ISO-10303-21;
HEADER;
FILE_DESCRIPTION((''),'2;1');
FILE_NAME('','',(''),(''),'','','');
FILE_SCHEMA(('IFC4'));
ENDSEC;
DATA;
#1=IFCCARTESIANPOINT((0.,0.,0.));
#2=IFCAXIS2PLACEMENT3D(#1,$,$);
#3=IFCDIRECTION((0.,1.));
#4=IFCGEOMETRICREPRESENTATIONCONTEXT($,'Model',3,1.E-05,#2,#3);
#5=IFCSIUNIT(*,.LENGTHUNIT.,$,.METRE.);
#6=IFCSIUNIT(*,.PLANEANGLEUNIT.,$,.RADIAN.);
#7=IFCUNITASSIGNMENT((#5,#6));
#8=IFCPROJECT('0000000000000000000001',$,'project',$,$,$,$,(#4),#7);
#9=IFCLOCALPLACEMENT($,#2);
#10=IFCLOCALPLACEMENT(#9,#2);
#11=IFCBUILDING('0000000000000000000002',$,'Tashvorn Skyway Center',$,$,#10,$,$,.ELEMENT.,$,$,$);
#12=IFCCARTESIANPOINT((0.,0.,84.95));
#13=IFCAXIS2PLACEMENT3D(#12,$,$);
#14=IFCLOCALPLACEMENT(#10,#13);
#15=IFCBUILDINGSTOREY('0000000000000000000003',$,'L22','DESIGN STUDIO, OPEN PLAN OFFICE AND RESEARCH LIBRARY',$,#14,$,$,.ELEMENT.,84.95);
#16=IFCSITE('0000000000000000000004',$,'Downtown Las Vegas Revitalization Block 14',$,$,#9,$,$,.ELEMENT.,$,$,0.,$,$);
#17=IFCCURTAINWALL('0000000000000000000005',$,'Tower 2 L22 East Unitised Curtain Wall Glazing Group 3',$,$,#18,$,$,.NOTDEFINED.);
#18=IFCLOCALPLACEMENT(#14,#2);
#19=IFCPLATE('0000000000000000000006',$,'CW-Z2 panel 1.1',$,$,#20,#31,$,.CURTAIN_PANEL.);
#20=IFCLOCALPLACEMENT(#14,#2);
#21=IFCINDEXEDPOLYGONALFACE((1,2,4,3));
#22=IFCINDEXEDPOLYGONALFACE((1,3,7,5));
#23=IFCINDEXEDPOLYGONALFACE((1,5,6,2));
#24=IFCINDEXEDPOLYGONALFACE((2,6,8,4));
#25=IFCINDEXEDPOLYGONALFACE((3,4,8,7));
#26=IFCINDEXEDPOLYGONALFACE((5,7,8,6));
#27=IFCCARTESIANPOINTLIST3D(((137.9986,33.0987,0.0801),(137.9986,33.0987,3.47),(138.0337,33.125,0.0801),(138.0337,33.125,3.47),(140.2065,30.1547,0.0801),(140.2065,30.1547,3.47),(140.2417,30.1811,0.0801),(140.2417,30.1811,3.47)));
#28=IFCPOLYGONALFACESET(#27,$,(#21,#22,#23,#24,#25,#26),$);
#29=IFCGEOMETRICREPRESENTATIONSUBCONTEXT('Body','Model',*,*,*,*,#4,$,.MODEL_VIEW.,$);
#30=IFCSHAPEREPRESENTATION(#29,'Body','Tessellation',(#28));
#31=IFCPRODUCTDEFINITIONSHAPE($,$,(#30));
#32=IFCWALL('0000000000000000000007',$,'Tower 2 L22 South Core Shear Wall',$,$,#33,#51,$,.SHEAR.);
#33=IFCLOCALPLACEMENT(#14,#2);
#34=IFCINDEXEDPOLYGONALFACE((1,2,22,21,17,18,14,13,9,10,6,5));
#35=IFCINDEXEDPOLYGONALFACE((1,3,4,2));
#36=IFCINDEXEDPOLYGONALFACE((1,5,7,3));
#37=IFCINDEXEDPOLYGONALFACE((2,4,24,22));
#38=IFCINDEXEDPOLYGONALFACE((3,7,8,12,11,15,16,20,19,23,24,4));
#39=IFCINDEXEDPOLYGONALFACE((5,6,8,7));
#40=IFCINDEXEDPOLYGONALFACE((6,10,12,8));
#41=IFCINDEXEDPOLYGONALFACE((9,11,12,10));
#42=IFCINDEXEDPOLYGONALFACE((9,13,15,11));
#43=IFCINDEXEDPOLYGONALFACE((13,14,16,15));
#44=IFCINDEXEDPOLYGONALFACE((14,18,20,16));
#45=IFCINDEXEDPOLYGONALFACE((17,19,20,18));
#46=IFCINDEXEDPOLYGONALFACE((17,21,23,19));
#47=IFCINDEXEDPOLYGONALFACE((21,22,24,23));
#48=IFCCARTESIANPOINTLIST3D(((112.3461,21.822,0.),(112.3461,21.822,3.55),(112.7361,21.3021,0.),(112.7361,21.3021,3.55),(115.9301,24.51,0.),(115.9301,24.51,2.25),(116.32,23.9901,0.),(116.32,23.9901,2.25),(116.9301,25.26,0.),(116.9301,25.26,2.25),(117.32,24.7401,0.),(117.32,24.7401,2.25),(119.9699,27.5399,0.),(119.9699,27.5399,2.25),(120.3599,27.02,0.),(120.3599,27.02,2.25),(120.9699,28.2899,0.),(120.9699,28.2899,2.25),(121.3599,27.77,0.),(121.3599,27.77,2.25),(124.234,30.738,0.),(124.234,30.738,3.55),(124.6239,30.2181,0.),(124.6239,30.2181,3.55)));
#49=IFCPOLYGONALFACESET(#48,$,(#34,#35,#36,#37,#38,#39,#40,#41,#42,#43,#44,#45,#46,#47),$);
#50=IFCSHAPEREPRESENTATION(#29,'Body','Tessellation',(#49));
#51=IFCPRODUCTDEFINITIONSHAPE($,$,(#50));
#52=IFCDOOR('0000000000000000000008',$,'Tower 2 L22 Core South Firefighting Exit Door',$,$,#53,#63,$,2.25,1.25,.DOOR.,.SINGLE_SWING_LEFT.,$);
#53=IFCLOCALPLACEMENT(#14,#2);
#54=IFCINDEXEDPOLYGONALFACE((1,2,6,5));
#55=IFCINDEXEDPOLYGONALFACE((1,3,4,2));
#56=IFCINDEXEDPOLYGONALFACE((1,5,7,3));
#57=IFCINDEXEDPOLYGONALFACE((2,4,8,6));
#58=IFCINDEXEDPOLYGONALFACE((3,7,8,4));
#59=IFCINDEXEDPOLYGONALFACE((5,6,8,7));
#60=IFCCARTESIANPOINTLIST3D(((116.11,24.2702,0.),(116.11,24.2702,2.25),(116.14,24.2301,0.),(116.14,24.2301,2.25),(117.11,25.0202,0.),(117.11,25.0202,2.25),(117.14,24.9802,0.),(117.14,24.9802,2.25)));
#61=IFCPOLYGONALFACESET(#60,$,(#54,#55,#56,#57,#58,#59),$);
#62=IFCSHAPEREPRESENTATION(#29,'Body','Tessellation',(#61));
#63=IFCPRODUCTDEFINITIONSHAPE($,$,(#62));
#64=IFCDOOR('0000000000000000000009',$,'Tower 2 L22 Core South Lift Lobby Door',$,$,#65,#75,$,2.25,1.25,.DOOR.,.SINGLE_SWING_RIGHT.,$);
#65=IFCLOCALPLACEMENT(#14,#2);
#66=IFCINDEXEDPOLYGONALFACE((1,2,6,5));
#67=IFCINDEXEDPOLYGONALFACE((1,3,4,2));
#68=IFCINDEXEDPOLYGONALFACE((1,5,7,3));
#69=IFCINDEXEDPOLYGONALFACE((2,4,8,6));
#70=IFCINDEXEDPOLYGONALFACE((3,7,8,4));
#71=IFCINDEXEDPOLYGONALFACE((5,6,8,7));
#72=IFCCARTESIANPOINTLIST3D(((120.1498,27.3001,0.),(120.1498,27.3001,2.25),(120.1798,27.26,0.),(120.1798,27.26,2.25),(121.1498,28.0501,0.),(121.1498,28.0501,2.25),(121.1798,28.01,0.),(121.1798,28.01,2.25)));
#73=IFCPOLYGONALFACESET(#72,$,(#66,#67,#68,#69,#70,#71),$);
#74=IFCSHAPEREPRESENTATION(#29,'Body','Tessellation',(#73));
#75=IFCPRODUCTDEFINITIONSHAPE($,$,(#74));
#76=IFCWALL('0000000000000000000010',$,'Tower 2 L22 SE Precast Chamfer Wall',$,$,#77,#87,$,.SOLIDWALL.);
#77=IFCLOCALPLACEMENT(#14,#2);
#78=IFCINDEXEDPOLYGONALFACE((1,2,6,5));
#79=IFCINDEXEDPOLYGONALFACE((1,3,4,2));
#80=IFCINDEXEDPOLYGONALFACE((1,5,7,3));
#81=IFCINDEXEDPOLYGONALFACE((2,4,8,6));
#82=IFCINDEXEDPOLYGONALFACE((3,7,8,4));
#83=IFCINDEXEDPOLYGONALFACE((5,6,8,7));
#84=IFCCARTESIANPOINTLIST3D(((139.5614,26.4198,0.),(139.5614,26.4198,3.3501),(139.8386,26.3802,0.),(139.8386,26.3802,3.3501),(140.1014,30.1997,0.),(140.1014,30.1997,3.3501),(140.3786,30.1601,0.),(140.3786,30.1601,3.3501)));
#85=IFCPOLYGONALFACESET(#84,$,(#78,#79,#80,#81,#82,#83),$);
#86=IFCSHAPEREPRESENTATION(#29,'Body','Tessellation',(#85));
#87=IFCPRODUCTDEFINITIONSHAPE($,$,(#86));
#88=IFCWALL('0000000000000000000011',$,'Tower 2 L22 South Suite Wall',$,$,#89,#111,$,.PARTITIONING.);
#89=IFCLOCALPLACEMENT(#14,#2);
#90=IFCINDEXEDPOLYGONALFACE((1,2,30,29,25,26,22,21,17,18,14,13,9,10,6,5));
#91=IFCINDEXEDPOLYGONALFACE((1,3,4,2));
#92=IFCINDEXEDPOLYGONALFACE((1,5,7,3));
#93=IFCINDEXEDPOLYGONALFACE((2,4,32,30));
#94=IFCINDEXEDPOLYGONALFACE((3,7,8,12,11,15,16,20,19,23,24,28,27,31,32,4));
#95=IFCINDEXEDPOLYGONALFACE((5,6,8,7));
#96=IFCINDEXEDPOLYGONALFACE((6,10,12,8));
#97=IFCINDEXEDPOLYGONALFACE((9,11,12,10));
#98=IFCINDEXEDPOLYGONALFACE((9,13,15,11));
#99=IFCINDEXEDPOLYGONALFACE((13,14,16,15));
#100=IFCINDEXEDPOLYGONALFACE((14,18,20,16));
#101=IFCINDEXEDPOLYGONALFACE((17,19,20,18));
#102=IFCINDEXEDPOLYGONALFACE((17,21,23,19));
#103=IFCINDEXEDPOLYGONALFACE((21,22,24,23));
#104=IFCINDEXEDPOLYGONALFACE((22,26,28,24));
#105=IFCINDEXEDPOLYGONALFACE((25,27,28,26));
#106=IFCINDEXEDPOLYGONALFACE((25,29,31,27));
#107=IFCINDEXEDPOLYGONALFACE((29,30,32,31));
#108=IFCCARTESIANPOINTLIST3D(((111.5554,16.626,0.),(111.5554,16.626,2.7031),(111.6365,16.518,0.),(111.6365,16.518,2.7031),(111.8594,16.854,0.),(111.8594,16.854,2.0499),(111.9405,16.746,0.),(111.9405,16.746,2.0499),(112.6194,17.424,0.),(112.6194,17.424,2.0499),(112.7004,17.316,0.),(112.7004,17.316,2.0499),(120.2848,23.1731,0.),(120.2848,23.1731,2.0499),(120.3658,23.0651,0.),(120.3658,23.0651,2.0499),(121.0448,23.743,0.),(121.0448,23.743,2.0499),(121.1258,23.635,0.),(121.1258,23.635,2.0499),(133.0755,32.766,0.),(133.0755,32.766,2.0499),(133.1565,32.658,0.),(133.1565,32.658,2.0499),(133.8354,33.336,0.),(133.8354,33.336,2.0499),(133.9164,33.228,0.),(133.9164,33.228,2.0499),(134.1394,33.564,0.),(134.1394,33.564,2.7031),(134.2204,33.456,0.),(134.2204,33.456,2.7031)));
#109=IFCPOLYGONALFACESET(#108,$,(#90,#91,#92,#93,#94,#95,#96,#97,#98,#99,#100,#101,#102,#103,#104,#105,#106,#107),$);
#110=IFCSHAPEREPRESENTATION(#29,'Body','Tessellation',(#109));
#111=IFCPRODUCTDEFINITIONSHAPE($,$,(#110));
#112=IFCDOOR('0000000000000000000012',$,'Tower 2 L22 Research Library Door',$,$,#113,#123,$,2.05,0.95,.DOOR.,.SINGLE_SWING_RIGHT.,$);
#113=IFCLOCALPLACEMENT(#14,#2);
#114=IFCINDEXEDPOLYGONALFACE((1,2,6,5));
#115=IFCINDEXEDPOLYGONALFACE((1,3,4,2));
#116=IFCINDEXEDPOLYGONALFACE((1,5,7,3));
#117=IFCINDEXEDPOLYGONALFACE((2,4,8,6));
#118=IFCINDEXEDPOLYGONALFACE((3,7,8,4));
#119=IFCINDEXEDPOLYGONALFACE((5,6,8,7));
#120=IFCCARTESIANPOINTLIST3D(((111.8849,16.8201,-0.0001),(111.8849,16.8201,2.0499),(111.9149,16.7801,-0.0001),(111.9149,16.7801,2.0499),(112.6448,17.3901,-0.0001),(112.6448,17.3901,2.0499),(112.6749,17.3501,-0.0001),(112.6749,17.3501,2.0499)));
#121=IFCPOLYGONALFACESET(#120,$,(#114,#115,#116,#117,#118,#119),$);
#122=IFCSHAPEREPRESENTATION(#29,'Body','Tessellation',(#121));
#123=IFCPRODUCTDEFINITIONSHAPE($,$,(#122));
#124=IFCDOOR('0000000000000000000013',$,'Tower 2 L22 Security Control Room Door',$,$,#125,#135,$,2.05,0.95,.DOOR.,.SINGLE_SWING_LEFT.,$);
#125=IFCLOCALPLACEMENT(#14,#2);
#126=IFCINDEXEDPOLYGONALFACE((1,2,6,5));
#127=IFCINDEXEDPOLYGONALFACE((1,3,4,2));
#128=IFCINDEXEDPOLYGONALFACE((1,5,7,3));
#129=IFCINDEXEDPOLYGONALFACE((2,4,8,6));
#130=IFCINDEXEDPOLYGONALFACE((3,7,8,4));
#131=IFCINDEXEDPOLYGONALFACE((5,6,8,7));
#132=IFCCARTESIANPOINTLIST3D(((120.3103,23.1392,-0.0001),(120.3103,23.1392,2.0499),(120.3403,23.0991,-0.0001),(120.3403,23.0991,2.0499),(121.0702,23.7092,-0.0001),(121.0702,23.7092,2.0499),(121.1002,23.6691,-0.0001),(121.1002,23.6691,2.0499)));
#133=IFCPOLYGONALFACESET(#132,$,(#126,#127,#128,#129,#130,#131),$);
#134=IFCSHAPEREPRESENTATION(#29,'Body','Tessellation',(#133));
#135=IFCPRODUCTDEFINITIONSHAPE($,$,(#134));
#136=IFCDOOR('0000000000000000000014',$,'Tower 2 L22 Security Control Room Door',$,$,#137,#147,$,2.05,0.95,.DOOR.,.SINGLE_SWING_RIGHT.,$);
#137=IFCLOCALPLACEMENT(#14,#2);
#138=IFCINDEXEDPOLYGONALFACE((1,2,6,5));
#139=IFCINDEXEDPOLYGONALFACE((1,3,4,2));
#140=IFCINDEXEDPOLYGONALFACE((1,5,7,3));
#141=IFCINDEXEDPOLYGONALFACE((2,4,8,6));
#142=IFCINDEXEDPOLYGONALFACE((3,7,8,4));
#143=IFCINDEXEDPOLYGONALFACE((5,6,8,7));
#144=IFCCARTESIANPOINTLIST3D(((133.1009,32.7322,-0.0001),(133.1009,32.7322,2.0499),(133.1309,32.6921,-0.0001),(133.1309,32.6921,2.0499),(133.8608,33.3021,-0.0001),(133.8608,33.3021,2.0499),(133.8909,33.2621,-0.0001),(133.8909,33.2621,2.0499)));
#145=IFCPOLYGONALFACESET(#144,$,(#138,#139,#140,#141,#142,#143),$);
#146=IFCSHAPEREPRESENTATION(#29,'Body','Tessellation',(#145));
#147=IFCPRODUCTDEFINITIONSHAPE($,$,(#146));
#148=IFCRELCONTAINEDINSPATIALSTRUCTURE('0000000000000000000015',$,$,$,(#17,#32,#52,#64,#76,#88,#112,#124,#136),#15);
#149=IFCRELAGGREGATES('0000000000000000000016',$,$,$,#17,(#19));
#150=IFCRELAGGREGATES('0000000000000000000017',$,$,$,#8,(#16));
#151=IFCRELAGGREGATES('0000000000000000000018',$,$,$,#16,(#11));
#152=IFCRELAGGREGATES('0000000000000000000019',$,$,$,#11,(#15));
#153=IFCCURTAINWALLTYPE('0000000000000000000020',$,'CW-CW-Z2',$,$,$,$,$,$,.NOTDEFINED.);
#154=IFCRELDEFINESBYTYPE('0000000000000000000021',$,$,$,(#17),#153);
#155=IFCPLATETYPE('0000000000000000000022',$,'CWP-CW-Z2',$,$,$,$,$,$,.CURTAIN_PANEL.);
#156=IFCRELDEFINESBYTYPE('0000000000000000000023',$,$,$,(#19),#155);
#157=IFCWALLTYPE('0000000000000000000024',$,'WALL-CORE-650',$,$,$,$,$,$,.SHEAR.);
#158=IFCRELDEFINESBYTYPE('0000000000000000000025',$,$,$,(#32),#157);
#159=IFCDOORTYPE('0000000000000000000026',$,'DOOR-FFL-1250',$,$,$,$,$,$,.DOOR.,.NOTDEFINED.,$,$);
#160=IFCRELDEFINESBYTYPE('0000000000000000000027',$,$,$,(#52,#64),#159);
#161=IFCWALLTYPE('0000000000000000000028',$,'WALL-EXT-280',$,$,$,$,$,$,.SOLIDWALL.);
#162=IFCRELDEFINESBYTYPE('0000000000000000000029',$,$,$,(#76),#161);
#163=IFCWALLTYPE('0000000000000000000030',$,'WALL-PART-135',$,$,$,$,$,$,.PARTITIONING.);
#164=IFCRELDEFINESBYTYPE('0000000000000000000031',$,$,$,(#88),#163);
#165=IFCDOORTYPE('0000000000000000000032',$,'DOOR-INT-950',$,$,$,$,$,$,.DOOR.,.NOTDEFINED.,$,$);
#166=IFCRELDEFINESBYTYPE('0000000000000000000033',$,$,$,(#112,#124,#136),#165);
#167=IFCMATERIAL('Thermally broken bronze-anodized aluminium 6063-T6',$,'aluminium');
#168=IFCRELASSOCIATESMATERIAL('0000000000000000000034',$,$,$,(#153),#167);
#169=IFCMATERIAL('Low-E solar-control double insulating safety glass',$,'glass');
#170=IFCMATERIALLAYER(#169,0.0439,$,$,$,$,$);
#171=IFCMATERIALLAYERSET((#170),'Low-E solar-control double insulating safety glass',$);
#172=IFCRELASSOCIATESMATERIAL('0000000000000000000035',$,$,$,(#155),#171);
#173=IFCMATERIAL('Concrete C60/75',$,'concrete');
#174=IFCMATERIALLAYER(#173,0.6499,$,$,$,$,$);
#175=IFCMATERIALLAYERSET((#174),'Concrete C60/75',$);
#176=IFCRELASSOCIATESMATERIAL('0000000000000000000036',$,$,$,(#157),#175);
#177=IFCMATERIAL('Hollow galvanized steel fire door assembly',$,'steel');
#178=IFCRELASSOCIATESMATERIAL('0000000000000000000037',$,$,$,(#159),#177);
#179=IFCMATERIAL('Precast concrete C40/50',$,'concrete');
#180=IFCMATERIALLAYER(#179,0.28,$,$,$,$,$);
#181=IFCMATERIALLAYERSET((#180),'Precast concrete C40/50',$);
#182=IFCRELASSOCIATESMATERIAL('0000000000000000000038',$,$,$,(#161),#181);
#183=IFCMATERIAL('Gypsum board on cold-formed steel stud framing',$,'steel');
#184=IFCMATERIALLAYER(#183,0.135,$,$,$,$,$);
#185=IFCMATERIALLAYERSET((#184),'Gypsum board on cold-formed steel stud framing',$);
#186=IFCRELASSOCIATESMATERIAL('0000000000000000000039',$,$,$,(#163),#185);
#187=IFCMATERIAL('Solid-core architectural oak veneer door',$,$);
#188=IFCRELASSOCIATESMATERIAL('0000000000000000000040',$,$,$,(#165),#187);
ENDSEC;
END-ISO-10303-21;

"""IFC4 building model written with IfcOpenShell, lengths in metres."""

from ifc_helpers import new_model, si_unit, direction, frame, frame_2d, origin, origin_2d, place, context, subcontext, project, spatial, rectangle, extrude, material, layer, layer_set, type_object, element, fill, aggregate, save


model = new_model("IFC4")

# Units and contexts
model_context = context("Model", 3, precision=1e-05, world=origin(), true_north=direction((0.0, 1.0)))
body_context = subcontext(model_context, "Body", "Model", "MODEL_VIEW")
ifc_project = project(units=[si_unit("LENGTHUNIT", "METRE"), si_unit("PLANEANGLEUNIT", "RADIAN")], contexts=[model_context])

# Site, building, storey
site_placement = place(None, origin())
site = spatial("IfcSite", under=ifc_project, at=site_placement, Name="Downtown Las Vegas Revitalization Block 14", CompositionType="ELEMENT", RefElevation=0.0)
building_placement = place(site_placement, origin())
building = spatial("IfcBuilding", under=site, at=building_placement, Name="Tashvorn Skyway Center", CompositionType="ELEMENT")
storey_placement = place(building_placement, frame((0.0, 0.0, 84.95)))
storey = spatial("IfcBuildingStorey", under=building, at=storey_placement, Name="L22", Description="DESIGN STUDIO, OPEN PLAN OFFICE AND RESEARCH LIBRARY", CompositionType="ELEMENT", Elevation=84.95)

# Shared definitions
ifc_material_1 = material(Name="Thermally broken bronze-anodized aluminium 6063-T6", Category="aluminium")
curtain_wall_type = type_object("IfcCurtainWallType", Name="CW-CW-Z2", PredefinedType="NOTDEFINED", material=ifc_material_1)

# Curtain wall, plate
curtain_wall_1_placement = place(storey_placement, origin())
curtain_wall_1 = element("IfcCurtainWall", 1, at=curtain_wall_1_placement, inside=storey, type_object=curtain_wall_type, Name="Tower 2 L22 East Unitised Curtain Wall Glazing Group 3", PredefinedType="NOTDEFINED")
ifc_material_2 = material(Name="Low-E solar-control double insulating safety glass", Category="glass")
ifc_layer_1 = layer(ifc_material_2, 0.0439)
ifc_layer_set_1 = layer_set([ifc_layer_1], Name="Low-E solar-control double insulating safety glass")
plate_type = type_object("IfcPlateType", Name="CWP-CW-Z2", PredefinedType="CURTAIN_PANEL", material=ifc_layer_set_1)
plate_placement = place(storey_placement, frame((139.1201, 31.6399, 0.0801), z_axis=(0.0, 0.0, 1.0), x_axis=(0.6, -0.8, 0.0)))
plate = element("IfcPlate", 2, at=plate_placement, type_object=plate_type, Name="CW-Z2 panel 1.1", PredefinedType="CURTAIN_PANEL", context=body_context, shape_type="SweptSolid", body=[
    extrude(rectangle(XDim=3.6799, YDim=0.0439, at=origin_2d()), origin(), (0.0, 0.0, 1.0), 3.3899),
])
aggregate(curtain_wall_1, [plate])

# Wall, openings, doors
ifc_material_3 = material(Name="Concrete C60/75", Category="concrete")
ifc_layer_2 = layer(ifc_material_3, 0.6499)
ifc_layer_set_2 = layer_set([ifc_layer_2], Name="Concrete C60/75")
wall_type_1 = type_object("IfcWallType", Name="WALL-CORE-650", PredefinedType="SHEAR", material=ifc_layer_set_2)
wall_1_placement = place(storey_placement, frame((124.429, 30.478, 0.0), z_axis=(0.0, 0.0, 1.0), x_axis=(-0.799998, -0.600003, 0.0)))
wall_1 = element("IfcWall", 3, at=wall_1_placement, inside=storey, type_object=wall_type_1, Name="Tower 2 L22 South Core Shear Wall", PredefinedType="SHEAR", context=body_context, shape_type="SweptSolid", body=[
    extrude(rectangle(XDim=14.8599, YDim=0.6499, at=frame_2d((7.4299, 0.0))), origin(), (0.0, 0.0, 1.0), 3.55),
])
opening_1_placement = place(wall_1_placement, frame((9.1299, 0.0, 0.0)))
opening_1 = element("IfcOpeningElement", 4, at=opening_1_placement, cuts=wall_1, PredefinedType="OPENING", context=body_context, shape_type="SweptSolid", body=[
    extrude(rectangle(XDim=1.25, YDim=2.25, at=frame_2d((0.625, 1.125))), frame((0.0, 0.335, 0.0), z_axis=(0.0, -1.0, 0.0), x_axis=(1.0, 0.0, 0.0)), (0.0, 0.0, 1.0), 0.6699),
])
opening_2_placement = place(wall_1_placement, frame((4.0801, 0.0, 0.0)))
opening_2 = element("IfcOpeningElement", 5, at=opening_2_placement, cuts=wall_1, PredefinedType="OPENING", context=body_context, shape_type="SweptSolid", body=[
    extrude(rectangle(XDim=1.25, YDim=2.25, at=frame_2d((0.625, 1.125))), frame((0.0, 0.335, 0.0), z_axis=(0.0, -1.0, 0.0), x_axis=(1.0, 0.0, 0.0)), (0.0, 0.0, 1.0), 0.6699),
])
ifc_material_4 = material(Name="Hollow galvanized steel fire door assembly", Category="steel")
door_type_1 = type_object("IfcDoorType", Name="DOOR-FFL-1250", OperationType="NOTDEFINED", PredefinedType="DOOR", material=ifc_material_4)
door_1_placement = place(opening_1_placement, origin())
door_1 = element("IfcDoor", 6, at=door_1_placement, inside=storey, type_object=door_type_1, Name="Tower 2 L22 Core South Firefighting Exit Door", OperationType="SINGLE_SWING_LEFT", OverallHeight=2.25, OverallWidth=1.25, PredefinedType="DOOR", context=body_context, shape_type="SweptSolid", body=[
    extrude(rectangle(XDim=1.25, YDim=2.25, at=frame_2d((0.625, 1.125))), frame((0.0, 0.0249, 0.0), z_axis=(0.0, -1.0, 0.0), x_axis=(1.0, 0.0, 0.0)), (0.0, 0.0, 1.0), 0.05),
])
fill(opening_1, door_1)
door_2_placement = place(opening_2_placement, origin())
door_2 = element("IfcDoor", 7, at=door_2_placement, inside=storey, type_object=door_type_1, Name="Tower 2 L22 Core South Lift Lobby Door", OperationType="SINGLE_SWING_RIGHT", OverallHeight=2.25, OverallWidth=1.25, PredefinedType="DOOR", context=body_context, shape_type="SweptSolid", body=[
    extrude(rectangle(XDim=1.25, YDim=2.25, at=frame_2d((0.625, 1.125))), frame((0.0, 0.0249, 0.0), z_axis=(0.0, -1.0, 0.0), x_axis=(1.0, 0.0, 0.0)), (0.0, 0.0, 1.0), 0.05),
])
fill(opening_2, door_2)

# Wall
ifc_material_5 = material(Name="Precast concrete C40/50", Category="concrete")
ifc_layer_3 = layer(ifc_material_5, 0.28)
ifc_layer_set_3 = layer_set([ifc_layer_3], Name="Precast concrete C40/50")
wall_type_2 = type_object("IfcWallType", Name="WALL-EXT-280", PredefinedType="SOLIDWALL", material=ifc_layer_set_3)
wall_2_placement = place(storey_placement, frame((140.24, 30.1799, 0.0), z_axis=(0.0, 0.0, 1.0), x_axis=(-0.14143, -0.989948, 0.0)))
element("IfcWall", 8, at=wall_2_placement, inside=storey, type_object=wall_type_2, Name="Tower 2 L22 SE Precast Chamfer Wall", PredefinedType="SOLIDWALL", context=body_context, shape_type="SweptSolid", body=[
    extrude(rectangle(XDim=3.8184, YDim=0.28, at=frame_2d((1.9092, 0.0))), origin(), (0.0, 0.0, 1.0), 3.3501),
])

# Wall, openings, doors
ifc_material_6 = material(Name="Gypsum board on cold-formed steel stud framing", Category="steel")
ifc_layer_4 = layer(ifc_material_6, 0.135)
ifc_layer_set_4 = layer_set([ifc_layer_4], Name="Gypsum board on cold-formed steel stud framing")
wall_type_3 = type_object("IfcWallType", Name="WALL-PART-135", PredefinedType="PARTITIONING", material=ifc_layer_set_4)
wall_3_placement = place(storey_placement, frame((134.1799, 33.51, 0.0), z_axis=(0.0, 0.0, 1.0), x_axis=(-0.8, -0.6, 0.0)))
wall_3 = element("IfcWall", 9, at=wall_3_placement, inside=storey, type_object=wall_type_3, Name="Tower 2 L22 South Suite Wall", PredefinedType="PARTITIONING", context=body_context, shape_type="SweptSolid", body=[
    extrude(rectangle(XDim=28.23, YDim=0.135, at=frame_2d((14.115, 0.0))), origin(), (0.0, 0.0, 1.0), 2.7031),
])
opening_3_placement = place(wall_3_placement, frame((26.8999, 0.0, 0.0)))
opening_3 = element("IfcOpeningElement", 10, at=opening_3_placement, cuts=wall_3, PredefinedType="OPENING", context=body_context, shape_type="SweptSolid", body=[
    extrude(rectangle(XDim=0.95, YDim=2.05, at=frame_2d((0.4751, 1.0249))), frame((0.0, 0.0774, 0.0), z_axis=(0.0, -1.0, 0.0), x_axis=(1.0, 0.0, 0.0)), (0.0, 0.0, 1.0), 0.155),
])
opening_4_placement = place(wall_3_placement, frame((16.3682, 0.0, 0.0)))
opening_4 = element("IfcOpeningElement", 11, at=opening_4_placement, cuts=wall_3, PredefinedType="OPENING", context=body_context, shape_type="SweptSolid", body=[
    extrude(rectangle(XDim=0.95, YDim=2.05, at=frame_2d((0.4751, 1.0249))), frame((0.0, 0.0774, 0.0), z_axis=(0.0, -1.0, 0.0), x_axis=(1.0, 0.0, 0.0)), (0.0, 0.0, 1.0), 0.155),
])
opening_5_placement = place(wall_3_placement, frame((0.3799, 0.0, 0.0)))
opening_5 = element("IfcOpeningElement", 12, at=opening_5_placement, cuts=wall_3, PredefinedType="OPENING", context=body_context, shape_type="SweptSolid", body=[
    extrude(rectangle(XDim=0.95, YDim=2.05, at=frame_2d((0.4751, 1.0249))), frame((0.0, 0.0774, 0.0), z_axis=(0.0, -1.0, 0.0), x_axis=(1.0, 0.0, 0.0)), (0.0, 0.0, 1.0), 0.155),
])
ifc_material_7 = material(Name="Solid-core architectural oak veneer door")
door_type_2 = type_object("IfcDoorType", Name="DOOR-INT-950", OperationType="NOTDEFINED", PredefinedType="DOOR", material=ifc_material_7)
door_3_placement = place(opening_3_placement, origin())
door_3 = element("IfcDoor", 13, at=door_3_placement, inside=storey, type_object=door_type_2, Name="Tower 2 L22 Research Library Door", OperationType="SINGLE_SWING_RIGHT", OverallHeight=2.05, OverallWidth=0.95, PredefinedType="DOOR", context=body_context, shape_type="SweptSolid", body=[
    extrude(rectangle(XDim=0.95, YDim=2.05, at=frame_2d((0.4751, 1.0249))), frame((0.0, 0.0249, 0.0), z_axis=(0.0, -1.0, 0.0), x_axis=(1.0, 0.0, 0.0)), (0.0, 0.0, 1.0), 0.05),
])
fill(opening_3, door_3)
door_4_placement = place(opening_4_placement, origin())
door_4 = element("IfcDoor", 14, at=door_4_placement, inside=storey, type_object=door_type_2, Name="Tower 2 L22 Security Control Room Door", OperationType="SINGLE_SWING_LEFT", OverallHeight=2.05, OverallWidth=0.95, PredefinedType="DOOR", context=body_context, shape_type="SweptSolid", body=[
    extrude(rectangle(XDim=0.95, YDim=2.05, at=frame_2d((0.4751, 1.0249))), frame((0.0, 0.0249, 0.0), z_axis=(0.0, -1.0, 0.0), x_axis=(1.0, 0.0, 0.0)), (0.0, 0.0, 1.0), 0.05),
])
fill(opening_4, door_4)
door_5_placement = place(opening_5_placement, origin())
door_5 = element("IfcDoor", 15, at=door_5_placement, inside=storey, type_object=door_type_2, Name="Tower 2 L22 Security Control Room Door", OperationType="SINGLE_SWING_RIGHT", OverallHeight=2.05, OverallWidth=0.95, PredefinedType="DOOR", context=body_context, shape_type="SweptSolid", body=[
    extrude(rectangle(XDim=0.95, YDim=2.05, at=frame_2d((0.4751, 1.0249))), frame((0.0, 0.0249, 0.0), z_axis=(0.0, -1.0, 0.0), x_axis=(1.0, 0.0, 0.0)), (0.0, 0.0, 1.0), 0.05),
])
fill(opening_5, door_5)

save(model, "model.ifc")
